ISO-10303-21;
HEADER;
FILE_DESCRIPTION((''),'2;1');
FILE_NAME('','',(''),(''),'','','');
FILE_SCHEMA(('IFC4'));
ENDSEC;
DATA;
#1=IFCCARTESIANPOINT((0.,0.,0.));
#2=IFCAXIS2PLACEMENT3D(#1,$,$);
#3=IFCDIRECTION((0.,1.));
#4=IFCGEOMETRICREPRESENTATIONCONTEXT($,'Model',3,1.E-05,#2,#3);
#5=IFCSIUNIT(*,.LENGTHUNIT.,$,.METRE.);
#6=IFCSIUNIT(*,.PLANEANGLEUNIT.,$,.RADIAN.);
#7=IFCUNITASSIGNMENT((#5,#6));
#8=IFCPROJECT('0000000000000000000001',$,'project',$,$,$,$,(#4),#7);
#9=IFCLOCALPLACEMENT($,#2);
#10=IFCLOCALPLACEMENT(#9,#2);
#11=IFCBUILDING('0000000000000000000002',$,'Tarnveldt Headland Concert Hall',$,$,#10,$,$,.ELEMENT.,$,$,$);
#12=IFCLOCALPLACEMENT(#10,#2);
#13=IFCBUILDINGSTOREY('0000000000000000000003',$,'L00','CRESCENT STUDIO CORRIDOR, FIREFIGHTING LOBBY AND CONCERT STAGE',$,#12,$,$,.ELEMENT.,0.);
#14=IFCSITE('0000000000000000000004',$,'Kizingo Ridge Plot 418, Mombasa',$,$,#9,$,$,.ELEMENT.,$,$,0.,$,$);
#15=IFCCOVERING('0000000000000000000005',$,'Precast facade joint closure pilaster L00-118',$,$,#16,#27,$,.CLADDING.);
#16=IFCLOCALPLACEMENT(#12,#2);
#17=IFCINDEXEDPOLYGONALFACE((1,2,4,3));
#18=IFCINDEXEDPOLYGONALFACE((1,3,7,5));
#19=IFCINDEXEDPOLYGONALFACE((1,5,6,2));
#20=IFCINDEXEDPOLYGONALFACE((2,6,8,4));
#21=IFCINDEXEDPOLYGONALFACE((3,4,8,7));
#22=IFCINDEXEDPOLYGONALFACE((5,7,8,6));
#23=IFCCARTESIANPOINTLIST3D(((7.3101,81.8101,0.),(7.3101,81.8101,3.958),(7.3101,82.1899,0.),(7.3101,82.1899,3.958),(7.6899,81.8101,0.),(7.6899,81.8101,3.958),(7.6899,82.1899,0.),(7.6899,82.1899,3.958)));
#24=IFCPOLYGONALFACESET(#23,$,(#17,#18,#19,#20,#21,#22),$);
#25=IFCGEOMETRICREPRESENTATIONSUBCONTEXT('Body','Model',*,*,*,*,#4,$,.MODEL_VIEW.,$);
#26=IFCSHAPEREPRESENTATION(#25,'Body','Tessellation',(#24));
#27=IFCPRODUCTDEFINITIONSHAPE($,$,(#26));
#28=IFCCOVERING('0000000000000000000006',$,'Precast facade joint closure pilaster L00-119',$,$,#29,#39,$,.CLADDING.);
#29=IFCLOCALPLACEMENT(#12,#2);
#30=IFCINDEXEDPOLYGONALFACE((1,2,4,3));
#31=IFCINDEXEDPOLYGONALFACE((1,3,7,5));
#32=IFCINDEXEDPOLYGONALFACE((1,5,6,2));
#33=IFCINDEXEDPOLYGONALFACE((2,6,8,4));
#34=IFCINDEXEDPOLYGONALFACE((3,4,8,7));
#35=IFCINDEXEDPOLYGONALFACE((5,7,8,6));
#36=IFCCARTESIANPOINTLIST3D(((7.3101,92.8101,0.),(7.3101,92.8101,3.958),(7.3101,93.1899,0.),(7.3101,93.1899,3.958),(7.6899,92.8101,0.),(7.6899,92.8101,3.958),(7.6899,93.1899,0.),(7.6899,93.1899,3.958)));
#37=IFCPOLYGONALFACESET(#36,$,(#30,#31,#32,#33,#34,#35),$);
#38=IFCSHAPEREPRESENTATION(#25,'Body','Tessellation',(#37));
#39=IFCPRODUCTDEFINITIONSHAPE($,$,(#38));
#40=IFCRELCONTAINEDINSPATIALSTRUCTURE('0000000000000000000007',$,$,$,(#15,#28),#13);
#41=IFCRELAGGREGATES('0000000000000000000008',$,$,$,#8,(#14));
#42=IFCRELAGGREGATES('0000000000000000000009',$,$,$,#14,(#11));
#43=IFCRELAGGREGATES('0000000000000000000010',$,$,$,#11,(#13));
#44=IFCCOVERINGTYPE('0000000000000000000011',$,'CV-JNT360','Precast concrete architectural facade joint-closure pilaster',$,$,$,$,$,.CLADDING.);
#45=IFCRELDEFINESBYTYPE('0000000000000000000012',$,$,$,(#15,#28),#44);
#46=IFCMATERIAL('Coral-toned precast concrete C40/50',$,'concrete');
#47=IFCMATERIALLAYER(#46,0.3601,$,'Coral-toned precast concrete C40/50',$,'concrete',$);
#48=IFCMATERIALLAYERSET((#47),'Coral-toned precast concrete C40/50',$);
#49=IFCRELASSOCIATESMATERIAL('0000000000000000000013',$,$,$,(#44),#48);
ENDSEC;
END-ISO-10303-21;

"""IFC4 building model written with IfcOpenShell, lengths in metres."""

from ifc_helpers import new_model, si_unit, direction, frame, origin, origin_2d, place, context, subcontext, project, spatial, rectangle, extrude, material, layer, layer_set, type_object, element, save


model = new_model("IFC4")

# Units and contexts
model_context = context("Model", 3, precision=1e-05, world=origin(), true_north=direction((0.0, 1.0)))
body_context = subcontext(model_context, "Body", "Model", "MODEL_VIEW")
ifc_project = project(units=[si_unit("LENGTHUNIT", "METRE"), si_unit("PLANEANGLEUNIT", "RADIAN")], contexts=[model_context])

# Site, building, storey
site_placement = place(None, origin())
site = spatial("IfcSite", under=ifc_project, at=site_placement, Name="Kizingo Ridge Plot 418, Mombasa", CompositionType="ELEMENT", RefElevation=0.0)
building_placement = place(site_placement, origin())
building = spatial("IfcBuilding", under=site, at=building_placement, Name="Tarnveldt Headland Concert Hall", CompositionType="ELEMENT")
storey_placement = place(building_placement, origin())
storey = spatial("IfcBuildingStorey", under=building, at=storey_placement, Name="L00", Description="CRESCENT STUDIO CORRIDOR, FIREFIGHTING LOBBY AND CONCERT STAGE", CompositionType="ELEMENT", Elevation=0.0)

# Shared definitions
ifc_material_1 = material(Name="Coral-toned precast concrete C40/50", Category="concrete")

# Coverings
ifc_layer_1 = layer(ifc_material_1, 0.3601, Name="Coral-toned precast concrete C40/50", Category="concrete")
ifc_layer_set_1 = layer_set([ifc_layer_1], Name="Coral-toned precast concrete C40/50")
covering_type = type_object("IfcCoveringType", Name="CV-JNT360", Description="Precast concrete architectural facade joint-closure pilaster", PredefinedType="CLADDING", material=ifc_layer_set_1)
for number, where, z_axis, x_axis, name in (
    (1, (7.5, 82.0, 0.0), (0.0, 0.0, 1.0), (0.0, 1.0, 0.0), "Precast facade joint closure pilaster L00-118"),
    (2, (7.5, 93.0, 0.0), (0.0, 0.0, 1.0), (0.0, 1.0, 0.0), "Precast facade joint closure pilaster L00-119"),
):
    element("IfcCovering", number, at=place(storey_placement, frame(where, z_axis=z_axis, x_axis=x_axis)), inside=storey, type_object=covering_type, Name=name, PredefinedType="CLADDING", context=body_context, shape_type="SweptSolid", body=[
        extrude(rectangle(XDim=0.3799, YDim=0.3799, at=origin_2d()), origin(), (0.0, 0.0, 1.0), 3.958),
    ])

save(model, "model.ifc")
